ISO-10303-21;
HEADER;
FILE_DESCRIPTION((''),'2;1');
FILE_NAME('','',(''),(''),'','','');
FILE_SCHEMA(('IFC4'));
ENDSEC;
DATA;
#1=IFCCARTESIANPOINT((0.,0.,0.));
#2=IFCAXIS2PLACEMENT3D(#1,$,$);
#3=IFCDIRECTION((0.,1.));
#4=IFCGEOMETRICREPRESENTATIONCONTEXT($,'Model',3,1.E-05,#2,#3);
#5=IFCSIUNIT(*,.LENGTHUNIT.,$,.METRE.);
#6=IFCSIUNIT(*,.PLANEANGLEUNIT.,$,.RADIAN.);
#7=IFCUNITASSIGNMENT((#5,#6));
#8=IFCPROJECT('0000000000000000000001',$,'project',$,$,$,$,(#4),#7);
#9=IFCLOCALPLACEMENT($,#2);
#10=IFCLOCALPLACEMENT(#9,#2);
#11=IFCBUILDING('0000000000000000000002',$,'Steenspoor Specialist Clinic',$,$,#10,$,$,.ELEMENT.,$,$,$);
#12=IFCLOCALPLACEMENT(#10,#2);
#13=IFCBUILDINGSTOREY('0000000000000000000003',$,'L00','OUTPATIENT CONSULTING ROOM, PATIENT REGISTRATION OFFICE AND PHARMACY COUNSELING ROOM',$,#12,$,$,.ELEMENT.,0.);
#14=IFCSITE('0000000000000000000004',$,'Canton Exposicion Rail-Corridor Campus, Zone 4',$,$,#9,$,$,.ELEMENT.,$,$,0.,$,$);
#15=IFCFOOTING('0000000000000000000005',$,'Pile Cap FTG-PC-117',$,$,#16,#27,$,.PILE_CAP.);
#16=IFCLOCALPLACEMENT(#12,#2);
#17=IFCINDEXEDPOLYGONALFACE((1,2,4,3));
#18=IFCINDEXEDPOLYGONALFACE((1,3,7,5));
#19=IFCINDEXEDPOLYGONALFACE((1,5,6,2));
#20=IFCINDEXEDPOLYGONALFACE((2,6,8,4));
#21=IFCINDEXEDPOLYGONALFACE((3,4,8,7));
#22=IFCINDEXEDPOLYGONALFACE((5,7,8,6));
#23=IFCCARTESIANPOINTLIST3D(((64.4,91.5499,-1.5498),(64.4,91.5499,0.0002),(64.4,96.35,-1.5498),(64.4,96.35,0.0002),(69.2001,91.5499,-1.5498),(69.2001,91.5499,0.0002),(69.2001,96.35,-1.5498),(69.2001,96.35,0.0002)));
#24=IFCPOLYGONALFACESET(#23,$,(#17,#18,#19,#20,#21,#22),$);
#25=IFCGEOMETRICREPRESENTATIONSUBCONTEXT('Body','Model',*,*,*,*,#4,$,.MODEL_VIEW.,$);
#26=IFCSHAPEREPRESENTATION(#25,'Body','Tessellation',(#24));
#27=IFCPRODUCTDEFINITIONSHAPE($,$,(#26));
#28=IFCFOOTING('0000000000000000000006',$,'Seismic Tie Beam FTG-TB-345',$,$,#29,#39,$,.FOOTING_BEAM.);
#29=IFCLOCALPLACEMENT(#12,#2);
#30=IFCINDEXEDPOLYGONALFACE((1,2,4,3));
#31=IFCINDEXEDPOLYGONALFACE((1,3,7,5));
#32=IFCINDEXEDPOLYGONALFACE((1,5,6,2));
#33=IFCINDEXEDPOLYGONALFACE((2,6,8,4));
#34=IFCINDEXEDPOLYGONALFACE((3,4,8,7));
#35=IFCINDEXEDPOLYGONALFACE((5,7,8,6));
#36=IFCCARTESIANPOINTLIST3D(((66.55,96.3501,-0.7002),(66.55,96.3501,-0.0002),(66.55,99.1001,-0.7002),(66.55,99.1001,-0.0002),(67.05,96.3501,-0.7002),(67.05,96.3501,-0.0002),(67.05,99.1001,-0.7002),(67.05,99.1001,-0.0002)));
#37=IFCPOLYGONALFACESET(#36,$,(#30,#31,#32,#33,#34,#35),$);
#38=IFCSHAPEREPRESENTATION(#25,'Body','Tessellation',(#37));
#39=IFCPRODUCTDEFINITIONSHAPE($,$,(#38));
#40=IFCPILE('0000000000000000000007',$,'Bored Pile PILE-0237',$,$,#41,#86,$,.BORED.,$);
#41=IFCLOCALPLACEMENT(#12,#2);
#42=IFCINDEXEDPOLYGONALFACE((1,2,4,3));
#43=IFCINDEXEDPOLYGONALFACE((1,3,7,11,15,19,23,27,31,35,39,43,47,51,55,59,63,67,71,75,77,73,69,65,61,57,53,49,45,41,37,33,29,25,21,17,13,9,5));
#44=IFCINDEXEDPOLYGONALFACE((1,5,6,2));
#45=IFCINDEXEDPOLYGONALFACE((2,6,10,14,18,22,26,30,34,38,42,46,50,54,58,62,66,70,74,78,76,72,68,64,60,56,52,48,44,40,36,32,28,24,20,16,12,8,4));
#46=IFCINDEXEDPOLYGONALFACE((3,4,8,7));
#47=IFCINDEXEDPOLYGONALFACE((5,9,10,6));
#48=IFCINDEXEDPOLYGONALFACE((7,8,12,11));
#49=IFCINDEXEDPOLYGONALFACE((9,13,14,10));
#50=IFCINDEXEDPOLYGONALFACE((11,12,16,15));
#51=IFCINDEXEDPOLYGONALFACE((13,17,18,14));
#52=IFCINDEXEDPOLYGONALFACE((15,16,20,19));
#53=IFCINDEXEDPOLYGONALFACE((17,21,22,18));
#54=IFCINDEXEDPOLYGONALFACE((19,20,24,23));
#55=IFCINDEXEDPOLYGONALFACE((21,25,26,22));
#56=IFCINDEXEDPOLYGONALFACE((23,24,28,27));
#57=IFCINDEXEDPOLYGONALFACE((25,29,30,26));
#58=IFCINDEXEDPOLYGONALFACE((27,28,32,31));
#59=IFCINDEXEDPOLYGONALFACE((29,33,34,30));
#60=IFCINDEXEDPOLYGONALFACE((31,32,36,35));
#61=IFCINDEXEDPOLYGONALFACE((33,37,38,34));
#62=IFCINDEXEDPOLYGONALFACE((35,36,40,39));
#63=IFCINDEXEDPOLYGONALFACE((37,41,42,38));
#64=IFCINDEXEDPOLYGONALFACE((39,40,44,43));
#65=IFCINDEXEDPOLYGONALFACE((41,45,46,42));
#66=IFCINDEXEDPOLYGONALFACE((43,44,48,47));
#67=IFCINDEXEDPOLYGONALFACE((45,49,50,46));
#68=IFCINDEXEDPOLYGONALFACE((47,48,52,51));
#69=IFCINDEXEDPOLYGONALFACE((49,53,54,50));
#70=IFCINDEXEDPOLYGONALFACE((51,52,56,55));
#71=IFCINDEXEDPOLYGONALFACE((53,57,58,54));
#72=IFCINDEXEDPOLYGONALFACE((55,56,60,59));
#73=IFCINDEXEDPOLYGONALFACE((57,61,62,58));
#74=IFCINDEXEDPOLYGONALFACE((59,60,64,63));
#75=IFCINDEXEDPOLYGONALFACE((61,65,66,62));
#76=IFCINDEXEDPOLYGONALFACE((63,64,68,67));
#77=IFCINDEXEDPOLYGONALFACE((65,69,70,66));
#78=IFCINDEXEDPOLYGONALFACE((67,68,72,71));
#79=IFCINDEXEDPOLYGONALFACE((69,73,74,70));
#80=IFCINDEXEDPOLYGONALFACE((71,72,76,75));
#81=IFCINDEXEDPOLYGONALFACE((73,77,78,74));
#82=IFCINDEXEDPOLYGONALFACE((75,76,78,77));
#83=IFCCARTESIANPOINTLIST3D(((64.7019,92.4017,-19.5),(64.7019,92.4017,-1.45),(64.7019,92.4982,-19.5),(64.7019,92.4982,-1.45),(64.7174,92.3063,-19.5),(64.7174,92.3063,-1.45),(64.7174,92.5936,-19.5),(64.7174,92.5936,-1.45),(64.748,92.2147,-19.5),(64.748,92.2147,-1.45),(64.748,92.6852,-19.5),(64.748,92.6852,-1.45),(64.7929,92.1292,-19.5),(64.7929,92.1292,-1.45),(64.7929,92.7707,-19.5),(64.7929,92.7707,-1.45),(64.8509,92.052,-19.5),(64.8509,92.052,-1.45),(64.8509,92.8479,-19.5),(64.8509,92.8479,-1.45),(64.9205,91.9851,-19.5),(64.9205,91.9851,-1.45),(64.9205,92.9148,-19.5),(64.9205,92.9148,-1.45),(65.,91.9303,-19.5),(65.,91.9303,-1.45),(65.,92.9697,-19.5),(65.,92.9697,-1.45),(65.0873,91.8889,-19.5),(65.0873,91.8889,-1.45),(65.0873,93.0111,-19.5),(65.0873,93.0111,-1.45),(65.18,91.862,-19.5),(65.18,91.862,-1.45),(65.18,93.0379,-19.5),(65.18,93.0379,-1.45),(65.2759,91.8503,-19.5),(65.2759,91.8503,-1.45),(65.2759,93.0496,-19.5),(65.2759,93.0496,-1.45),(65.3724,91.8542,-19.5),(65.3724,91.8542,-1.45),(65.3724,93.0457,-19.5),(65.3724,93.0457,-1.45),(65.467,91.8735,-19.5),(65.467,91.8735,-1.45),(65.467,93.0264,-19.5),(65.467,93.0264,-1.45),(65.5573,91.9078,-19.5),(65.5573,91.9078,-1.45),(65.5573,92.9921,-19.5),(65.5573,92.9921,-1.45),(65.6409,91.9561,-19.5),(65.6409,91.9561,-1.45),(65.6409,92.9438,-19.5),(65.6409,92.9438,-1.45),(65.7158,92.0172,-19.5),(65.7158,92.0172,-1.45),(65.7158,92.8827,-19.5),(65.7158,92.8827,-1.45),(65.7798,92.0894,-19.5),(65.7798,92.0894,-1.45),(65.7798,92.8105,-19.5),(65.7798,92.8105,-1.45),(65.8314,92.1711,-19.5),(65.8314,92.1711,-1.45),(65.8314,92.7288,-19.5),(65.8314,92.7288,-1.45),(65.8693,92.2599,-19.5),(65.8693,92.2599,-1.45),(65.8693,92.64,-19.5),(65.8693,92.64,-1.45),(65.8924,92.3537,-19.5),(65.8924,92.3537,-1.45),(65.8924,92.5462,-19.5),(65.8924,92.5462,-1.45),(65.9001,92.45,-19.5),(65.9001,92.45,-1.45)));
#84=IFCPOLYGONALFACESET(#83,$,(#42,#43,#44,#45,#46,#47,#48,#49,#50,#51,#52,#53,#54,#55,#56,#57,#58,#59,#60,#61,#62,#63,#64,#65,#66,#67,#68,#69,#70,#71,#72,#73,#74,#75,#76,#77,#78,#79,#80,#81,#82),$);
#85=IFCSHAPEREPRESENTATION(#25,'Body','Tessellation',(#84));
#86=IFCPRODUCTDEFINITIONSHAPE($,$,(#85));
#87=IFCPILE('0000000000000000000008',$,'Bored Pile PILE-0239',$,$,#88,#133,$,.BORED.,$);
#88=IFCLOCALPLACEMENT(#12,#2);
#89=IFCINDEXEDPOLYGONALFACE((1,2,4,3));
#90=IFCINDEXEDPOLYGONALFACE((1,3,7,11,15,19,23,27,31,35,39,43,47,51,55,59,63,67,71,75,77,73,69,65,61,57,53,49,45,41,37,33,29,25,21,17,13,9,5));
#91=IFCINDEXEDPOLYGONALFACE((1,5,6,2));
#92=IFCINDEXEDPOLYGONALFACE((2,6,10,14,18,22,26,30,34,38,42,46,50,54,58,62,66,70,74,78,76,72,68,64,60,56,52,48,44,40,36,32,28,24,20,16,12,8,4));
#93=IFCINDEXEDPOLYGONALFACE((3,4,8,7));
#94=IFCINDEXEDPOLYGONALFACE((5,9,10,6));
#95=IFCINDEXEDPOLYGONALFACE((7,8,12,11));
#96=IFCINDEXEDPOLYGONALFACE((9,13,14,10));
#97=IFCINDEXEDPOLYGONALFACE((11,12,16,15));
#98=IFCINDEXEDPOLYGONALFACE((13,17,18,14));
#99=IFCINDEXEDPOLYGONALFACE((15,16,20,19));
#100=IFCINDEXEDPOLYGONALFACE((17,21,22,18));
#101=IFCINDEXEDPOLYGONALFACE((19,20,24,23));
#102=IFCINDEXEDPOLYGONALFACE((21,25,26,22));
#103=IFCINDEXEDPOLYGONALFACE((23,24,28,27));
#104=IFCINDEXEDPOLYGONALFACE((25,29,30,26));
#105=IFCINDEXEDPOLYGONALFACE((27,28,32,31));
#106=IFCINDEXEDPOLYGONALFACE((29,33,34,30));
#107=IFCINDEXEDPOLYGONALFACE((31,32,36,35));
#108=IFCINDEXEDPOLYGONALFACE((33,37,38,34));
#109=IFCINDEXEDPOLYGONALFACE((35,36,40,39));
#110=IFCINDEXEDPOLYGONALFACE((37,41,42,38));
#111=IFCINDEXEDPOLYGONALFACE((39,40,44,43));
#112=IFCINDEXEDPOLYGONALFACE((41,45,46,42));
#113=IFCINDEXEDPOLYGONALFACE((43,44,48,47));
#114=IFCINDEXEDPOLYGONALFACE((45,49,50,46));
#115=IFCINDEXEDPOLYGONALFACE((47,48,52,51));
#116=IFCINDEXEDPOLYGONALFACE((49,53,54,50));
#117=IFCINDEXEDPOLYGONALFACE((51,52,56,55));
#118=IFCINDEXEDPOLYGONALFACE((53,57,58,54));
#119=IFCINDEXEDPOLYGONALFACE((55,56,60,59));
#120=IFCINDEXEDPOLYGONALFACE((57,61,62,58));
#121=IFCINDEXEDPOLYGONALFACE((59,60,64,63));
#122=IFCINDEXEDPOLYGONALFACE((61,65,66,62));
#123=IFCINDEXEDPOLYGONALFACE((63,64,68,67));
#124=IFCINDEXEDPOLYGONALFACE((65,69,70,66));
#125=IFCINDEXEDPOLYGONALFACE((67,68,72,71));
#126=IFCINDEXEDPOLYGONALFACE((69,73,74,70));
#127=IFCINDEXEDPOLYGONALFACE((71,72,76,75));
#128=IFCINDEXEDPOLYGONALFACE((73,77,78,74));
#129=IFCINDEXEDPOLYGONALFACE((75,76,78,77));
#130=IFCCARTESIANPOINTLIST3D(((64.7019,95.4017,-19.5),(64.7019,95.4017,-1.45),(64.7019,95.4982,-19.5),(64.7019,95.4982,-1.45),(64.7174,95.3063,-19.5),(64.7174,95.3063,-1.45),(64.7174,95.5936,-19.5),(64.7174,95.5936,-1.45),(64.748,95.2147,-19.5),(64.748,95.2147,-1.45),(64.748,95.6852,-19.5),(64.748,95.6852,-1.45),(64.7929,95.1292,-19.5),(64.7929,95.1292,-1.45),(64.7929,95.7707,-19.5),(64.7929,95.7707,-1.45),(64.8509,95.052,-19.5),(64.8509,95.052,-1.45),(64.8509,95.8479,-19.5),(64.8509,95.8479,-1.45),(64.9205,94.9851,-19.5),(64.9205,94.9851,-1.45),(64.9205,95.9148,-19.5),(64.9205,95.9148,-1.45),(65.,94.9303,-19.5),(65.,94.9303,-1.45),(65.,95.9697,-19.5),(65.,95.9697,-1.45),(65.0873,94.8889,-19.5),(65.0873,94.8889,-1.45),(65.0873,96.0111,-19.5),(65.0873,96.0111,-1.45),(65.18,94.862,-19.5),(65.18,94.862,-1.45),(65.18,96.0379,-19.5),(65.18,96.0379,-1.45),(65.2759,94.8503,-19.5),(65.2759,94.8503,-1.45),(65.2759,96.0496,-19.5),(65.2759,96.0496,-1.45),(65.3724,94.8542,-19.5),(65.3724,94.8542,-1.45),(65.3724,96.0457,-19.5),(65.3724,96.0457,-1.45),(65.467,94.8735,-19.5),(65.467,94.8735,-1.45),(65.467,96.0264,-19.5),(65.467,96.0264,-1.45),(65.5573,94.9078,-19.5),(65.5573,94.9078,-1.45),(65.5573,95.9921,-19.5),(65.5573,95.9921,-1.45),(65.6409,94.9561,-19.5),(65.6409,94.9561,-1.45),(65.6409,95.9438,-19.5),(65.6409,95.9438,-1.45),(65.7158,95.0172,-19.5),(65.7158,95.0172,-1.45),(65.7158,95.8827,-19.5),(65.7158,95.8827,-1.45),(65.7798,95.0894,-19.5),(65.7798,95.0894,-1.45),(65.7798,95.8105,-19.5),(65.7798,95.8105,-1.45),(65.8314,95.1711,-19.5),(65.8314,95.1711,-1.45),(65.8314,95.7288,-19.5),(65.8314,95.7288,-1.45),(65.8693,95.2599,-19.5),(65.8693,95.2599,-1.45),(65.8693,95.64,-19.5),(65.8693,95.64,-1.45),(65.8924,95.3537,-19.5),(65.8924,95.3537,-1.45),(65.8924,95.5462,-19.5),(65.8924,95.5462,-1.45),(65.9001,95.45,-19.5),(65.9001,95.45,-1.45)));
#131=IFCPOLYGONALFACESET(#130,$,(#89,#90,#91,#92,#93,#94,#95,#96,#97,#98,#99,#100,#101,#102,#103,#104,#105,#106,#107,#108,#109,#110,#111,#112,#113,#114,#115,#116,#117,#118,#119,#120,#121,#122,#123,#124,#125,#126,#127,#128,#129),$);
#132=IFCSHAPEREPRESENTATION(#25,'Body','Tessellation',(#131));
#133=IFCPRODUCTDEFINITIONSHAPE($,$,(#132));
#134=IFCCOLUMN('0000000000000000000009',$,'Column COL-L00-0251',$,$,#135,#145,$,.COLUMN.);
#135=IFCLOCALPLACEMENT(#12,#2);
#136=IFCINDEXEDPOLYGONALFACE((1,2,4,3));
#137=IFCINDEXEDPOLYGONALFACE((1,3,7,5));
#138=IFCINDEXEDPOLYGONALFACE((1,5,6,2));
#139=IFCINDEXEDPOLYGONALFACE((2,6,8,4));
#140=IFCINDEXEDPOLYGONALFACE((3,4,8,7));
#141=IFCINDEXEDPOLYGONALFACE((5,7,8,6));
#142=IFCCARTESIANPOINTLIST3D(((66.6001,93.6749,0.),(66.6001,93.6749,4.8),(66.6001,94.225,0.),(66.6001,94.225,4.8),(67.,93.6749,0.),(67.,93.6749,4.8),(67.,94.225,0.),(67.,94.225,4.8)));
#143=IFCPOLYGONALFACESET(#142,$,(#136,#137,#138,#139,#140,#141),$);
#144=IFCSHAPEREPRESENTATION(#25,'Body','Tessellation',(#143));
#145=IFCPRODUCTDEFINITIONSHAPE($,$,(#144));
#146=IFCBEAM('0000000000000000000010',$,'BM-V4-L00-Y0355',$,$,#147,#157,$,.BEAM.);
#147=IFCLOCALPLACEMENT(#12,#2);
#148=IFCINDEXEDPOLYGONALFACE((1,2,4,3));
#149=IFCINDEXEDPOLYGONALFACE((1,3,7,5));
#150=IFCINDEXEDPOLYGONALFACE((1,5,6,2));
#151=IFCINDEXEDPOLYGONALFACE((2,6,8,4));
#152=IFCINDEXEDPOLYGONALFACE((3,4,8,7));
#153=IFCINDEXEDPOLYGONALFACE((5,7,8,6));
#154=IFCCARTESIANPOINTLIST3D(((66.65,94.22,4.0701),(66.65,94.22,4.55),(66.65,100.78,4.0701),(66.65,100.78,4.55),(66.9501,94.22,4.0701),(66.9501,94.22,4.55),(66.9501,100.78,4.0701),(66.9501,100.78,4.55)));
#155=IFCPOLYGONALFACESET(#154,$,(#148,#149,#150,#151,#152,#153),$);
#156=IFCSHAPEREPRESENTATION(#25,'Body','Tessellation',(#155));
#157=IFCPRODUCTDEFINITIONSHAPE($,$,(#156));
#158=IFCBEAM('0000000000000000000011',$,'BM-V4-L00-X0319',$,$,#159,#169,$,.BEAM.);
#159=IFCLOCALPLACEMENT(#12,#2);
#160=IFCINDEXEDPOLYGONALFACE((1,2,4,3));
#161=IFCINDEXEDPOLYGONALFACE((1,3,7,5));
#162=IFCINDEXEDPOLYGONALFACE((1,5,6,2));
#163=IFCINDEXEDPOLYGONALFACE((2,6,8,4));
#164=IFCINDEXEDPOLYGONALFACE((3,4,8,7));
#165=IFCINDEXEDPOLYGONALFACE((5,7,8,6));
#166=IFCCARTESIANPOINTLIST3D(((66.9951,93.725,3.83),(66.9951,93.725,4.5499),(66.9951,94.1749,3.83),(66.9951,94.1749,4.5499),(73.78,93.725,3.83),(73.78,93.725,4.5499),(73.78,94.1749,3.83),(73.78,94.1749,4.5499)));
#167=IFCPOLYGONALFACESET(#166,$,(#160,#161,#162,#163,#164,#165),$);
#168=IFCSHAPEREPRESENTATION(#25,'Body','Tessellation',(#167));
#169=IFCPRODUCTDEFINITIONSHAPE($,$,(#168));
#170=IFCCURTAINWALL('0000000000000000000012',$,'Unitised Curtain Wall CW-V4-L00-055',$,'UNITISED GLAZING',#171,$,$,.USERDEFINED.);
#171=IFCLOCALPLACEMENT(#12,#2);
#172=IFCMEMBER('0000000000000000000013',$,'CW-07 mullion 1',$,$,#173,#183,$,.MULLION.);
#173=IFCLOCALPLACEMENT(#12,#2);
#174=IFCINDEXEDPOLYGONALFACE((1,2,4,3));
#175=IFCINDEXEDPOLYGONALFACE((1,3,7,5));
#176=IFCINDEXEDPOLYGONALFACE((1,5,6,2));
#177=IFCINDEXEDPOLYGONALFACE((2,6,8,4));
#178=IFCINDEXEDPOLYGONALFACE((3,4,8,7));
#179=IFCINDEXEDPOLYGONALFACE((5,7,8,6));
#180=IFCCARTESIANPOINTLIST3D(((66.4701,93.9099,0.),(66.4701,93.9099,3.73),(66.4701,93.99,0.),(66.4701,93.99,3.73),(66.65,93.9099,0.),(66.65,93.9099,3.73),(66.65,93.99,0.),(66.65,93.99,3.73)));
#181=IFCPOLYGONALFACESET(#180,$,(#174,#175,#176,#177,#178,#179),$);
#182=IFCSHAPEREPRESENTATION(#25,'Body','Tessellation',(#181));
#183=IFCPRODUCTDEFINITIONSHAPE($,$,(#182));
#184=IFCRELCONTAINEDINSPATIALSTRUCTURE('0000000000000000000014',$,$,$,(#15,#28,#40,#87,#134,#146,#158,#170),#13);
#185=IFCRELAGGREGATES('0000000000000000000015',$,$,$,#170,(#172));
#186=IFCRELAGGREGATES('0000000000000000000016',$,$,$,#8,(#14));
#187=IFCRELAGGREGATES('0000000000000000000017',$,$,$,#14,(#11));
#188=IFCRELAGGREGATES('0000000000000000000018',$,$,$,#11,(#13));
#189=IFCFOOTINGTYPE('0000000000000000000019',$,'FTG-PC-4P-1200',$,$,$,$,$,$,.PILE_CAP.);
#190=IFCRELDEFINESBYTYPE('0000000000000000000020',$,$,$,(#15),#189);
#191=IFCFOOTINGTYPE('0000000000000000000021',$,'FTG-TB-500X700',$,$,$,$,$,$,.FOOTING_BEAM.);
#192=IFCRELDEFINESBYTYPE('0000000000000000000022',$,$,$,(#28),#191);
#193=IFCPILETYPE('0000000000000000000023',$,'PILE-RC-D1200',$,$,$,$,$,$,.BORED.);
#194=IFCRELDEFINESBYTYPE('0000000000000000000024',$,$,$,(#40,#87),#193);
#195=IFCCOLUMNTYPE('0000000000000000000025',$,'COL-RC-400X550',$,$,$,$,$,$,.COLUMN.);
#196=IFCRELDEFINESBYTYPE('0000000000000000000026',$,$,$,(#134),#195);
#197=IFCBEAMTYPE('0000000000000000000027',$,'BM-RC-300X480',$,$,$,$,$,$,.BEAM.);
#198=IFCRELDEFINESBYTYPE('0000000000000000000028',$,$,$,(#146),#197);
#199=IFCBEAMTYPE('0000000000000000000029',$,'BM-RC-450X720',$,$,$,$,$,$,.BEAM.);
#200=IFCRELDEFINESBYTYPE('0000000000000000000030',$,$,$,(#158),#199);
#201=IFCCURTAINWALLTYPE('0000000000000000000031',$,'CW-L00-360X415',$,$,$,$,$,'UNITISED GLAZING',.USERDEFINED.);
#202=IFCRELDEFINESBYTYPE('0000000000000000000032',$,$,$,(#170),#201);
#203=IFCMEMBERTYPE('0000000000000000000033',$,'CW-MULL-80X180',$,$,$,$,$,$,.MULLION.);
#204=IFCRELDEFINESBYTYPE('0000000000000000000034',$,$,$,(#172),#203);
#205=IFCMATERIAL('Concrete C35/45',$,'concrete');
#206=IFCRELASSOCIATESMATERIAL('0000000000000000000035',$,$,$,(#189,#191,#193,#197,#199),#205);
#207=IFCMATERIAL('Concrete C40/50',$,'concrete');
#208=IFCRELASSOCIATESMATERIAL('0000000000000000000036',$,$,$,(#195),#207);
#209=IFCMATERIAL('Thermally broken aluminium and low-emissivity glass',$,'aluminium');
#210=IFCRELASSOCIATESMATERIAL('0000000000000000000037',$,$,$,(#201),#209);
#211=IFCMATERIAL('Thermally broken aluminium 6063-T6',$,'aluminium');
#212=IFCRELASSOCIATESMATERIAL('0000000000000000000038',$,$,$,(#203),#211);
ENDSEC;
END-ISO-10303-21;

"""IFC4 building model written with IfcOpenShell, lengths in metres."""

from ifc_helpers import new_model, si_unit, direction, frame, origin, origin_2d, place, context, subcontext, project, spatial, rectangle, circle, extrude, material, material_profile, profile_set, type_object, element, aggregate, save


model = new_model("IFC4")

# Units and contexts
model_context = context("Model", 3, precision=1e-05, world=origin(), true_north=direction((0.0, 1.0)))
body_context = subcontext(model_context, "Body", "Model", "MODEL_VIEW")
ifc_project = project(units=[si_unit("LENGTHUNIT", "METRE"), si_unit("PLANEANGLEUNIT", "RADIAN")], contexts=[model_context])

# Site, building, storey
site_placement = place(None, origin())
site = spatial("IfcSite", under=ifc_project, at=site_placement, Name="Canton Exposicion Rail-Corridor Campus, Zone 4", CompositionType="ELEMENT", RefElevation=0.0)
building_placement = place(site_placement, origin())
building = spatial("IfcBuilding", under=site, at=building_placement, Name="Steenspoor Specialist Clinic", CompositionType="ELEMENT")
storey_placement = place(building_placement, origin())
storey = spatial("IfcBuildingStorey", under=building, at=storey_placement, Name="L00", Description="OUTPATIENT CONSULTING ROOM, PATIENT REGISTRATION OFFICE AND PHARMACY COUNSELING ROOM", CompositionType="ELEMENT", Elevation=0.0)

# Footings
ifc_material_1 = material(Name="Concrete C35/45", Category="concrete")
footing_type_1 = type_object("IfcFootingType", Name="FTG-PC-4P-1200", PredefinedType="PILE_CAP", material=ifc_material_1)
footing_1_placement = place(storey_placement, frame((66.8, 93.95, -1.5498), z_axis=(0.0, 0.0, 1.0), x_axis=(1.0, 0.0, 0.0)))
element("IfcFooting", 1, at=footing_1_placement, inside=storey, type_object=footing_type_1, Name="Pile Cap FTG-PC-117", PredefinedType="PILE_CAP", context=body_context, shape_type="SweptSolid", body=[
    extrude(rectangle(XDim=4.8, YDim=4.8, at=origin_2d()), origin(), (0.0, 0.0, 1.0), 1.55),
])
footing_type_2 = type_object("IfcFootingType", Name="FTG-TB-500X700", PredefinedType="FOOTING_BEAM", material=ifc_material_1)
footing_2_placement = place(storey_placement, frame((66.8, 97.7251, -0.7002), z_axis=(0.0, 0.0, 1.0), x_axis=(1.0, 0.0, 0.0)))
element("IfcFooting", 2, at=footing_2_placement, inside=storey, type_object=footing_type_2, Name="Seismic Tie Beam FTG-TB-345", PredefinedType="FOOTING_BEAM", context=body_context, shape_type="SweptSolid", body=[
    extrude(rectangle(XDim=0.5, YDim=2.75, at=origin_2d()), origin(), (0.0, 0.0, 1.0), 0.7),
])

# Piles
ifc_material_profile_1 = material_profile(ifc_material_1, circle(Radius=0.6001, at=origin_2d()), Name="PILE-D1200")
ifc_profile_set_1 = profile_set([ifc_material_profile_1], Name="Concrete C35/45")
pile_type = type_object("IfcPileType", Name="PILE-RC-D1200", PredefinedType="BORED", material=ifc_profile_set_1)
for number, where, z_axis, x_axis, name in (
    (3, (65.3, 92.45, -1.45), (0.0, 0.0, -1.0), (1.0, 0.0, 0.0), "Bored Pile PILE-0237"),
    (4, (65.3, 95.45, -1.45), (0.0, 0.0, -1.0), (1.0, 0.0, 0.0), "Bored Pile PILE-0239"),
):
    element("IfcPile", number, at=place(storey_placement, frame(where, z_axis=z_axis, x_axis=x_axis)), inside=storey, type_object=pile_type, Name=name, PredefinedType="BORED", context=body_context, shape_type="SweptSolid", body=[
        extrude(circle(Radius=0.6001, at=origin_2d()), origin(), (0.0, 0.0, 1.0), 18.05),
    ])

# Column
ifc_material_2 = material(Name="Concrete C40/50", Category="concrete")
ifc_material_profile_2 = material_profile(ifc_material_2, rectangle(XDim=0.3999, YDim=0.55, at=origin_2d()), Name="RC-COL-400X550")
ifc_profile_set_2 = profile_set([ifc_material_profile_2], Name="Concrete C40/50")
column_type = type_object("IfcColumnType", Name="COL-RC-400X550", PredefinedType="COLUMN", material=ifc_profile_set_2)
column_placement = place(storey_placement, frame((66.8, 93.95, 0.0), z_axis=(0.0, 0.0, 1.0), x_axis=(1.0, 0.0, 0.0)))
element("IfcColumn", 5, at=column_placement, inside=storey, type_object=column_type, Name="Column COL-L00-0251", PredefinedType="COLUMN", context=body_context, shape_type="SweptSolid", body=[
    extrude(rectangle(XDim=0.3999, YDim=0.55, at=origin_2d()), origin(), (0.0, 0.0, 1.0), 4.8),
])

# Beams
ifc_material_profile_3 = material_profile(ifc_material_1, rectangle(XDim=0.3, YDim=0.48, at=origin_2d()), Name="RC-BM-300X480")
ifc_profile_set_3 = profile_set([ifc_material_profile_3], Name="Concrete C35/45")
beam_type_1 = type_object("IfcBeamType", Name="BM-RC-300X480", PredefinedType="BEAM", material=ifc_profile_set_3)
beam_1_placement = place(storey_placement, frame((66.8, 94.22, 4.3101), z_axis=(0.0, 1.0, 0.0), x_axis=(-1.0, 0.0, 0.0)))
element("IfcBeam", 6, at=beam_1_placement, inside=storey, type_object=beam_type_1, Name="BM-V4-L00-Y0355", PredefinedType="BEAM", context=body_context, shape_type="SweptSolid", body=[
    extrude(rectangle(XDim=0.3, YDim=0.48, at=origin_2d()), origin(), (0.0, 0.0, 1.0), 6.5601),
])
ifc_material_profile_4 = material_profile(ifc_material_1, rectangle(XDim=0.45, YDim=0.72, at=origin_2d()), Name="RC-BM-450X720")
ifc_profile_set_4 = profile_set([ifc_material_profile_4], Name="Concrete C35/45")
beam_type_2 = type_object("IfcBeamType", Name="BM-RC-450X720", PredefinedType="BEAM", material=ifc_profile_set_4)
beam_2_placement = place(storey_placement, frame((66.9951, 93.95, 4.1899), z_axis=(1.0, 0.0, 0.0), x_axis=(0.0, 1.0, 0.0)))
element("IfcBeam", 7, at=beam_2_placement, inside=storey, type_object=beam_type_2, Name="BM-V4-L00-X0319", PredefinedType="BEAM", context=body_context, shape_type="SweptSolid", body=[
    extrude(rectangle(XDim=0.45, YDim=0.72, at=origin_2d()), origin(), (0.0, 0.0, 1.0), 6.7849),
])

# Curtain wall, member
ifc_material_3 = material(Name="Thermally broken aluminium and low-emissivity glass", Category="aluminium")
curtain_wall_type = type_object("IfcCurtainWallType", Name="CW-L00-360X415", ElementType="UNITISED GLAZING", PredefinedType="USERDEFINED", material=ifc_material_3)
curtain_wall_placement = place(storey_placement, origin())
curtain_wall = element("IfcCurtainWall", 8, at=curtain_wall_placement, inside=storey, type_object=curtain_wall_type, Name="Unitised Curtain Wall CW-V4-L00-055", ObjectType="UNITISED GLAZING", PredefinedType="USERDEFINED")
ifc_material_4 = material(Name="Thermally broken aluminium 6063-T6", Category="aluminium")
ifc_material_profile_5 = material_profile(ifc_material_4, rectangle(XDim=0.0801, YDim=0.1799, at=origin_2d()), Name="CWM-80X180")
ifc_profile_set_5 = profile_set([ifc_material_profile_5], Name="Thermally broken aluminium 6063-T6")
member_type_1 = type_object("IfcMemberType", Name="CW-MULL-80X180", PredefinedType="MULLION", material=ifc_profile_set_5)
member_1_placement = place(storey_placement, frame((66.5601, 93.95, 0.0), z_axis=(0.0, 0.0, 1.0), x_axis=(0.0, -1.0, 0.0)))
member_1 = element("IfcMember", 9, at=member_1_placement, type_object=member_type_1, Name="CW-07 mullion 1", PredefinedType="MULLION", context=body_context, shape_type="SweptSolid", body=[
    extrude(rectangle(XDim=0.0801, YDim=0.1799, at=origin_2d()), origin(), (0.0, 0.0, 1.0), 3.73),
])

aggregate(curtain_wall, [member_1])

save(model, "model.ifc")
